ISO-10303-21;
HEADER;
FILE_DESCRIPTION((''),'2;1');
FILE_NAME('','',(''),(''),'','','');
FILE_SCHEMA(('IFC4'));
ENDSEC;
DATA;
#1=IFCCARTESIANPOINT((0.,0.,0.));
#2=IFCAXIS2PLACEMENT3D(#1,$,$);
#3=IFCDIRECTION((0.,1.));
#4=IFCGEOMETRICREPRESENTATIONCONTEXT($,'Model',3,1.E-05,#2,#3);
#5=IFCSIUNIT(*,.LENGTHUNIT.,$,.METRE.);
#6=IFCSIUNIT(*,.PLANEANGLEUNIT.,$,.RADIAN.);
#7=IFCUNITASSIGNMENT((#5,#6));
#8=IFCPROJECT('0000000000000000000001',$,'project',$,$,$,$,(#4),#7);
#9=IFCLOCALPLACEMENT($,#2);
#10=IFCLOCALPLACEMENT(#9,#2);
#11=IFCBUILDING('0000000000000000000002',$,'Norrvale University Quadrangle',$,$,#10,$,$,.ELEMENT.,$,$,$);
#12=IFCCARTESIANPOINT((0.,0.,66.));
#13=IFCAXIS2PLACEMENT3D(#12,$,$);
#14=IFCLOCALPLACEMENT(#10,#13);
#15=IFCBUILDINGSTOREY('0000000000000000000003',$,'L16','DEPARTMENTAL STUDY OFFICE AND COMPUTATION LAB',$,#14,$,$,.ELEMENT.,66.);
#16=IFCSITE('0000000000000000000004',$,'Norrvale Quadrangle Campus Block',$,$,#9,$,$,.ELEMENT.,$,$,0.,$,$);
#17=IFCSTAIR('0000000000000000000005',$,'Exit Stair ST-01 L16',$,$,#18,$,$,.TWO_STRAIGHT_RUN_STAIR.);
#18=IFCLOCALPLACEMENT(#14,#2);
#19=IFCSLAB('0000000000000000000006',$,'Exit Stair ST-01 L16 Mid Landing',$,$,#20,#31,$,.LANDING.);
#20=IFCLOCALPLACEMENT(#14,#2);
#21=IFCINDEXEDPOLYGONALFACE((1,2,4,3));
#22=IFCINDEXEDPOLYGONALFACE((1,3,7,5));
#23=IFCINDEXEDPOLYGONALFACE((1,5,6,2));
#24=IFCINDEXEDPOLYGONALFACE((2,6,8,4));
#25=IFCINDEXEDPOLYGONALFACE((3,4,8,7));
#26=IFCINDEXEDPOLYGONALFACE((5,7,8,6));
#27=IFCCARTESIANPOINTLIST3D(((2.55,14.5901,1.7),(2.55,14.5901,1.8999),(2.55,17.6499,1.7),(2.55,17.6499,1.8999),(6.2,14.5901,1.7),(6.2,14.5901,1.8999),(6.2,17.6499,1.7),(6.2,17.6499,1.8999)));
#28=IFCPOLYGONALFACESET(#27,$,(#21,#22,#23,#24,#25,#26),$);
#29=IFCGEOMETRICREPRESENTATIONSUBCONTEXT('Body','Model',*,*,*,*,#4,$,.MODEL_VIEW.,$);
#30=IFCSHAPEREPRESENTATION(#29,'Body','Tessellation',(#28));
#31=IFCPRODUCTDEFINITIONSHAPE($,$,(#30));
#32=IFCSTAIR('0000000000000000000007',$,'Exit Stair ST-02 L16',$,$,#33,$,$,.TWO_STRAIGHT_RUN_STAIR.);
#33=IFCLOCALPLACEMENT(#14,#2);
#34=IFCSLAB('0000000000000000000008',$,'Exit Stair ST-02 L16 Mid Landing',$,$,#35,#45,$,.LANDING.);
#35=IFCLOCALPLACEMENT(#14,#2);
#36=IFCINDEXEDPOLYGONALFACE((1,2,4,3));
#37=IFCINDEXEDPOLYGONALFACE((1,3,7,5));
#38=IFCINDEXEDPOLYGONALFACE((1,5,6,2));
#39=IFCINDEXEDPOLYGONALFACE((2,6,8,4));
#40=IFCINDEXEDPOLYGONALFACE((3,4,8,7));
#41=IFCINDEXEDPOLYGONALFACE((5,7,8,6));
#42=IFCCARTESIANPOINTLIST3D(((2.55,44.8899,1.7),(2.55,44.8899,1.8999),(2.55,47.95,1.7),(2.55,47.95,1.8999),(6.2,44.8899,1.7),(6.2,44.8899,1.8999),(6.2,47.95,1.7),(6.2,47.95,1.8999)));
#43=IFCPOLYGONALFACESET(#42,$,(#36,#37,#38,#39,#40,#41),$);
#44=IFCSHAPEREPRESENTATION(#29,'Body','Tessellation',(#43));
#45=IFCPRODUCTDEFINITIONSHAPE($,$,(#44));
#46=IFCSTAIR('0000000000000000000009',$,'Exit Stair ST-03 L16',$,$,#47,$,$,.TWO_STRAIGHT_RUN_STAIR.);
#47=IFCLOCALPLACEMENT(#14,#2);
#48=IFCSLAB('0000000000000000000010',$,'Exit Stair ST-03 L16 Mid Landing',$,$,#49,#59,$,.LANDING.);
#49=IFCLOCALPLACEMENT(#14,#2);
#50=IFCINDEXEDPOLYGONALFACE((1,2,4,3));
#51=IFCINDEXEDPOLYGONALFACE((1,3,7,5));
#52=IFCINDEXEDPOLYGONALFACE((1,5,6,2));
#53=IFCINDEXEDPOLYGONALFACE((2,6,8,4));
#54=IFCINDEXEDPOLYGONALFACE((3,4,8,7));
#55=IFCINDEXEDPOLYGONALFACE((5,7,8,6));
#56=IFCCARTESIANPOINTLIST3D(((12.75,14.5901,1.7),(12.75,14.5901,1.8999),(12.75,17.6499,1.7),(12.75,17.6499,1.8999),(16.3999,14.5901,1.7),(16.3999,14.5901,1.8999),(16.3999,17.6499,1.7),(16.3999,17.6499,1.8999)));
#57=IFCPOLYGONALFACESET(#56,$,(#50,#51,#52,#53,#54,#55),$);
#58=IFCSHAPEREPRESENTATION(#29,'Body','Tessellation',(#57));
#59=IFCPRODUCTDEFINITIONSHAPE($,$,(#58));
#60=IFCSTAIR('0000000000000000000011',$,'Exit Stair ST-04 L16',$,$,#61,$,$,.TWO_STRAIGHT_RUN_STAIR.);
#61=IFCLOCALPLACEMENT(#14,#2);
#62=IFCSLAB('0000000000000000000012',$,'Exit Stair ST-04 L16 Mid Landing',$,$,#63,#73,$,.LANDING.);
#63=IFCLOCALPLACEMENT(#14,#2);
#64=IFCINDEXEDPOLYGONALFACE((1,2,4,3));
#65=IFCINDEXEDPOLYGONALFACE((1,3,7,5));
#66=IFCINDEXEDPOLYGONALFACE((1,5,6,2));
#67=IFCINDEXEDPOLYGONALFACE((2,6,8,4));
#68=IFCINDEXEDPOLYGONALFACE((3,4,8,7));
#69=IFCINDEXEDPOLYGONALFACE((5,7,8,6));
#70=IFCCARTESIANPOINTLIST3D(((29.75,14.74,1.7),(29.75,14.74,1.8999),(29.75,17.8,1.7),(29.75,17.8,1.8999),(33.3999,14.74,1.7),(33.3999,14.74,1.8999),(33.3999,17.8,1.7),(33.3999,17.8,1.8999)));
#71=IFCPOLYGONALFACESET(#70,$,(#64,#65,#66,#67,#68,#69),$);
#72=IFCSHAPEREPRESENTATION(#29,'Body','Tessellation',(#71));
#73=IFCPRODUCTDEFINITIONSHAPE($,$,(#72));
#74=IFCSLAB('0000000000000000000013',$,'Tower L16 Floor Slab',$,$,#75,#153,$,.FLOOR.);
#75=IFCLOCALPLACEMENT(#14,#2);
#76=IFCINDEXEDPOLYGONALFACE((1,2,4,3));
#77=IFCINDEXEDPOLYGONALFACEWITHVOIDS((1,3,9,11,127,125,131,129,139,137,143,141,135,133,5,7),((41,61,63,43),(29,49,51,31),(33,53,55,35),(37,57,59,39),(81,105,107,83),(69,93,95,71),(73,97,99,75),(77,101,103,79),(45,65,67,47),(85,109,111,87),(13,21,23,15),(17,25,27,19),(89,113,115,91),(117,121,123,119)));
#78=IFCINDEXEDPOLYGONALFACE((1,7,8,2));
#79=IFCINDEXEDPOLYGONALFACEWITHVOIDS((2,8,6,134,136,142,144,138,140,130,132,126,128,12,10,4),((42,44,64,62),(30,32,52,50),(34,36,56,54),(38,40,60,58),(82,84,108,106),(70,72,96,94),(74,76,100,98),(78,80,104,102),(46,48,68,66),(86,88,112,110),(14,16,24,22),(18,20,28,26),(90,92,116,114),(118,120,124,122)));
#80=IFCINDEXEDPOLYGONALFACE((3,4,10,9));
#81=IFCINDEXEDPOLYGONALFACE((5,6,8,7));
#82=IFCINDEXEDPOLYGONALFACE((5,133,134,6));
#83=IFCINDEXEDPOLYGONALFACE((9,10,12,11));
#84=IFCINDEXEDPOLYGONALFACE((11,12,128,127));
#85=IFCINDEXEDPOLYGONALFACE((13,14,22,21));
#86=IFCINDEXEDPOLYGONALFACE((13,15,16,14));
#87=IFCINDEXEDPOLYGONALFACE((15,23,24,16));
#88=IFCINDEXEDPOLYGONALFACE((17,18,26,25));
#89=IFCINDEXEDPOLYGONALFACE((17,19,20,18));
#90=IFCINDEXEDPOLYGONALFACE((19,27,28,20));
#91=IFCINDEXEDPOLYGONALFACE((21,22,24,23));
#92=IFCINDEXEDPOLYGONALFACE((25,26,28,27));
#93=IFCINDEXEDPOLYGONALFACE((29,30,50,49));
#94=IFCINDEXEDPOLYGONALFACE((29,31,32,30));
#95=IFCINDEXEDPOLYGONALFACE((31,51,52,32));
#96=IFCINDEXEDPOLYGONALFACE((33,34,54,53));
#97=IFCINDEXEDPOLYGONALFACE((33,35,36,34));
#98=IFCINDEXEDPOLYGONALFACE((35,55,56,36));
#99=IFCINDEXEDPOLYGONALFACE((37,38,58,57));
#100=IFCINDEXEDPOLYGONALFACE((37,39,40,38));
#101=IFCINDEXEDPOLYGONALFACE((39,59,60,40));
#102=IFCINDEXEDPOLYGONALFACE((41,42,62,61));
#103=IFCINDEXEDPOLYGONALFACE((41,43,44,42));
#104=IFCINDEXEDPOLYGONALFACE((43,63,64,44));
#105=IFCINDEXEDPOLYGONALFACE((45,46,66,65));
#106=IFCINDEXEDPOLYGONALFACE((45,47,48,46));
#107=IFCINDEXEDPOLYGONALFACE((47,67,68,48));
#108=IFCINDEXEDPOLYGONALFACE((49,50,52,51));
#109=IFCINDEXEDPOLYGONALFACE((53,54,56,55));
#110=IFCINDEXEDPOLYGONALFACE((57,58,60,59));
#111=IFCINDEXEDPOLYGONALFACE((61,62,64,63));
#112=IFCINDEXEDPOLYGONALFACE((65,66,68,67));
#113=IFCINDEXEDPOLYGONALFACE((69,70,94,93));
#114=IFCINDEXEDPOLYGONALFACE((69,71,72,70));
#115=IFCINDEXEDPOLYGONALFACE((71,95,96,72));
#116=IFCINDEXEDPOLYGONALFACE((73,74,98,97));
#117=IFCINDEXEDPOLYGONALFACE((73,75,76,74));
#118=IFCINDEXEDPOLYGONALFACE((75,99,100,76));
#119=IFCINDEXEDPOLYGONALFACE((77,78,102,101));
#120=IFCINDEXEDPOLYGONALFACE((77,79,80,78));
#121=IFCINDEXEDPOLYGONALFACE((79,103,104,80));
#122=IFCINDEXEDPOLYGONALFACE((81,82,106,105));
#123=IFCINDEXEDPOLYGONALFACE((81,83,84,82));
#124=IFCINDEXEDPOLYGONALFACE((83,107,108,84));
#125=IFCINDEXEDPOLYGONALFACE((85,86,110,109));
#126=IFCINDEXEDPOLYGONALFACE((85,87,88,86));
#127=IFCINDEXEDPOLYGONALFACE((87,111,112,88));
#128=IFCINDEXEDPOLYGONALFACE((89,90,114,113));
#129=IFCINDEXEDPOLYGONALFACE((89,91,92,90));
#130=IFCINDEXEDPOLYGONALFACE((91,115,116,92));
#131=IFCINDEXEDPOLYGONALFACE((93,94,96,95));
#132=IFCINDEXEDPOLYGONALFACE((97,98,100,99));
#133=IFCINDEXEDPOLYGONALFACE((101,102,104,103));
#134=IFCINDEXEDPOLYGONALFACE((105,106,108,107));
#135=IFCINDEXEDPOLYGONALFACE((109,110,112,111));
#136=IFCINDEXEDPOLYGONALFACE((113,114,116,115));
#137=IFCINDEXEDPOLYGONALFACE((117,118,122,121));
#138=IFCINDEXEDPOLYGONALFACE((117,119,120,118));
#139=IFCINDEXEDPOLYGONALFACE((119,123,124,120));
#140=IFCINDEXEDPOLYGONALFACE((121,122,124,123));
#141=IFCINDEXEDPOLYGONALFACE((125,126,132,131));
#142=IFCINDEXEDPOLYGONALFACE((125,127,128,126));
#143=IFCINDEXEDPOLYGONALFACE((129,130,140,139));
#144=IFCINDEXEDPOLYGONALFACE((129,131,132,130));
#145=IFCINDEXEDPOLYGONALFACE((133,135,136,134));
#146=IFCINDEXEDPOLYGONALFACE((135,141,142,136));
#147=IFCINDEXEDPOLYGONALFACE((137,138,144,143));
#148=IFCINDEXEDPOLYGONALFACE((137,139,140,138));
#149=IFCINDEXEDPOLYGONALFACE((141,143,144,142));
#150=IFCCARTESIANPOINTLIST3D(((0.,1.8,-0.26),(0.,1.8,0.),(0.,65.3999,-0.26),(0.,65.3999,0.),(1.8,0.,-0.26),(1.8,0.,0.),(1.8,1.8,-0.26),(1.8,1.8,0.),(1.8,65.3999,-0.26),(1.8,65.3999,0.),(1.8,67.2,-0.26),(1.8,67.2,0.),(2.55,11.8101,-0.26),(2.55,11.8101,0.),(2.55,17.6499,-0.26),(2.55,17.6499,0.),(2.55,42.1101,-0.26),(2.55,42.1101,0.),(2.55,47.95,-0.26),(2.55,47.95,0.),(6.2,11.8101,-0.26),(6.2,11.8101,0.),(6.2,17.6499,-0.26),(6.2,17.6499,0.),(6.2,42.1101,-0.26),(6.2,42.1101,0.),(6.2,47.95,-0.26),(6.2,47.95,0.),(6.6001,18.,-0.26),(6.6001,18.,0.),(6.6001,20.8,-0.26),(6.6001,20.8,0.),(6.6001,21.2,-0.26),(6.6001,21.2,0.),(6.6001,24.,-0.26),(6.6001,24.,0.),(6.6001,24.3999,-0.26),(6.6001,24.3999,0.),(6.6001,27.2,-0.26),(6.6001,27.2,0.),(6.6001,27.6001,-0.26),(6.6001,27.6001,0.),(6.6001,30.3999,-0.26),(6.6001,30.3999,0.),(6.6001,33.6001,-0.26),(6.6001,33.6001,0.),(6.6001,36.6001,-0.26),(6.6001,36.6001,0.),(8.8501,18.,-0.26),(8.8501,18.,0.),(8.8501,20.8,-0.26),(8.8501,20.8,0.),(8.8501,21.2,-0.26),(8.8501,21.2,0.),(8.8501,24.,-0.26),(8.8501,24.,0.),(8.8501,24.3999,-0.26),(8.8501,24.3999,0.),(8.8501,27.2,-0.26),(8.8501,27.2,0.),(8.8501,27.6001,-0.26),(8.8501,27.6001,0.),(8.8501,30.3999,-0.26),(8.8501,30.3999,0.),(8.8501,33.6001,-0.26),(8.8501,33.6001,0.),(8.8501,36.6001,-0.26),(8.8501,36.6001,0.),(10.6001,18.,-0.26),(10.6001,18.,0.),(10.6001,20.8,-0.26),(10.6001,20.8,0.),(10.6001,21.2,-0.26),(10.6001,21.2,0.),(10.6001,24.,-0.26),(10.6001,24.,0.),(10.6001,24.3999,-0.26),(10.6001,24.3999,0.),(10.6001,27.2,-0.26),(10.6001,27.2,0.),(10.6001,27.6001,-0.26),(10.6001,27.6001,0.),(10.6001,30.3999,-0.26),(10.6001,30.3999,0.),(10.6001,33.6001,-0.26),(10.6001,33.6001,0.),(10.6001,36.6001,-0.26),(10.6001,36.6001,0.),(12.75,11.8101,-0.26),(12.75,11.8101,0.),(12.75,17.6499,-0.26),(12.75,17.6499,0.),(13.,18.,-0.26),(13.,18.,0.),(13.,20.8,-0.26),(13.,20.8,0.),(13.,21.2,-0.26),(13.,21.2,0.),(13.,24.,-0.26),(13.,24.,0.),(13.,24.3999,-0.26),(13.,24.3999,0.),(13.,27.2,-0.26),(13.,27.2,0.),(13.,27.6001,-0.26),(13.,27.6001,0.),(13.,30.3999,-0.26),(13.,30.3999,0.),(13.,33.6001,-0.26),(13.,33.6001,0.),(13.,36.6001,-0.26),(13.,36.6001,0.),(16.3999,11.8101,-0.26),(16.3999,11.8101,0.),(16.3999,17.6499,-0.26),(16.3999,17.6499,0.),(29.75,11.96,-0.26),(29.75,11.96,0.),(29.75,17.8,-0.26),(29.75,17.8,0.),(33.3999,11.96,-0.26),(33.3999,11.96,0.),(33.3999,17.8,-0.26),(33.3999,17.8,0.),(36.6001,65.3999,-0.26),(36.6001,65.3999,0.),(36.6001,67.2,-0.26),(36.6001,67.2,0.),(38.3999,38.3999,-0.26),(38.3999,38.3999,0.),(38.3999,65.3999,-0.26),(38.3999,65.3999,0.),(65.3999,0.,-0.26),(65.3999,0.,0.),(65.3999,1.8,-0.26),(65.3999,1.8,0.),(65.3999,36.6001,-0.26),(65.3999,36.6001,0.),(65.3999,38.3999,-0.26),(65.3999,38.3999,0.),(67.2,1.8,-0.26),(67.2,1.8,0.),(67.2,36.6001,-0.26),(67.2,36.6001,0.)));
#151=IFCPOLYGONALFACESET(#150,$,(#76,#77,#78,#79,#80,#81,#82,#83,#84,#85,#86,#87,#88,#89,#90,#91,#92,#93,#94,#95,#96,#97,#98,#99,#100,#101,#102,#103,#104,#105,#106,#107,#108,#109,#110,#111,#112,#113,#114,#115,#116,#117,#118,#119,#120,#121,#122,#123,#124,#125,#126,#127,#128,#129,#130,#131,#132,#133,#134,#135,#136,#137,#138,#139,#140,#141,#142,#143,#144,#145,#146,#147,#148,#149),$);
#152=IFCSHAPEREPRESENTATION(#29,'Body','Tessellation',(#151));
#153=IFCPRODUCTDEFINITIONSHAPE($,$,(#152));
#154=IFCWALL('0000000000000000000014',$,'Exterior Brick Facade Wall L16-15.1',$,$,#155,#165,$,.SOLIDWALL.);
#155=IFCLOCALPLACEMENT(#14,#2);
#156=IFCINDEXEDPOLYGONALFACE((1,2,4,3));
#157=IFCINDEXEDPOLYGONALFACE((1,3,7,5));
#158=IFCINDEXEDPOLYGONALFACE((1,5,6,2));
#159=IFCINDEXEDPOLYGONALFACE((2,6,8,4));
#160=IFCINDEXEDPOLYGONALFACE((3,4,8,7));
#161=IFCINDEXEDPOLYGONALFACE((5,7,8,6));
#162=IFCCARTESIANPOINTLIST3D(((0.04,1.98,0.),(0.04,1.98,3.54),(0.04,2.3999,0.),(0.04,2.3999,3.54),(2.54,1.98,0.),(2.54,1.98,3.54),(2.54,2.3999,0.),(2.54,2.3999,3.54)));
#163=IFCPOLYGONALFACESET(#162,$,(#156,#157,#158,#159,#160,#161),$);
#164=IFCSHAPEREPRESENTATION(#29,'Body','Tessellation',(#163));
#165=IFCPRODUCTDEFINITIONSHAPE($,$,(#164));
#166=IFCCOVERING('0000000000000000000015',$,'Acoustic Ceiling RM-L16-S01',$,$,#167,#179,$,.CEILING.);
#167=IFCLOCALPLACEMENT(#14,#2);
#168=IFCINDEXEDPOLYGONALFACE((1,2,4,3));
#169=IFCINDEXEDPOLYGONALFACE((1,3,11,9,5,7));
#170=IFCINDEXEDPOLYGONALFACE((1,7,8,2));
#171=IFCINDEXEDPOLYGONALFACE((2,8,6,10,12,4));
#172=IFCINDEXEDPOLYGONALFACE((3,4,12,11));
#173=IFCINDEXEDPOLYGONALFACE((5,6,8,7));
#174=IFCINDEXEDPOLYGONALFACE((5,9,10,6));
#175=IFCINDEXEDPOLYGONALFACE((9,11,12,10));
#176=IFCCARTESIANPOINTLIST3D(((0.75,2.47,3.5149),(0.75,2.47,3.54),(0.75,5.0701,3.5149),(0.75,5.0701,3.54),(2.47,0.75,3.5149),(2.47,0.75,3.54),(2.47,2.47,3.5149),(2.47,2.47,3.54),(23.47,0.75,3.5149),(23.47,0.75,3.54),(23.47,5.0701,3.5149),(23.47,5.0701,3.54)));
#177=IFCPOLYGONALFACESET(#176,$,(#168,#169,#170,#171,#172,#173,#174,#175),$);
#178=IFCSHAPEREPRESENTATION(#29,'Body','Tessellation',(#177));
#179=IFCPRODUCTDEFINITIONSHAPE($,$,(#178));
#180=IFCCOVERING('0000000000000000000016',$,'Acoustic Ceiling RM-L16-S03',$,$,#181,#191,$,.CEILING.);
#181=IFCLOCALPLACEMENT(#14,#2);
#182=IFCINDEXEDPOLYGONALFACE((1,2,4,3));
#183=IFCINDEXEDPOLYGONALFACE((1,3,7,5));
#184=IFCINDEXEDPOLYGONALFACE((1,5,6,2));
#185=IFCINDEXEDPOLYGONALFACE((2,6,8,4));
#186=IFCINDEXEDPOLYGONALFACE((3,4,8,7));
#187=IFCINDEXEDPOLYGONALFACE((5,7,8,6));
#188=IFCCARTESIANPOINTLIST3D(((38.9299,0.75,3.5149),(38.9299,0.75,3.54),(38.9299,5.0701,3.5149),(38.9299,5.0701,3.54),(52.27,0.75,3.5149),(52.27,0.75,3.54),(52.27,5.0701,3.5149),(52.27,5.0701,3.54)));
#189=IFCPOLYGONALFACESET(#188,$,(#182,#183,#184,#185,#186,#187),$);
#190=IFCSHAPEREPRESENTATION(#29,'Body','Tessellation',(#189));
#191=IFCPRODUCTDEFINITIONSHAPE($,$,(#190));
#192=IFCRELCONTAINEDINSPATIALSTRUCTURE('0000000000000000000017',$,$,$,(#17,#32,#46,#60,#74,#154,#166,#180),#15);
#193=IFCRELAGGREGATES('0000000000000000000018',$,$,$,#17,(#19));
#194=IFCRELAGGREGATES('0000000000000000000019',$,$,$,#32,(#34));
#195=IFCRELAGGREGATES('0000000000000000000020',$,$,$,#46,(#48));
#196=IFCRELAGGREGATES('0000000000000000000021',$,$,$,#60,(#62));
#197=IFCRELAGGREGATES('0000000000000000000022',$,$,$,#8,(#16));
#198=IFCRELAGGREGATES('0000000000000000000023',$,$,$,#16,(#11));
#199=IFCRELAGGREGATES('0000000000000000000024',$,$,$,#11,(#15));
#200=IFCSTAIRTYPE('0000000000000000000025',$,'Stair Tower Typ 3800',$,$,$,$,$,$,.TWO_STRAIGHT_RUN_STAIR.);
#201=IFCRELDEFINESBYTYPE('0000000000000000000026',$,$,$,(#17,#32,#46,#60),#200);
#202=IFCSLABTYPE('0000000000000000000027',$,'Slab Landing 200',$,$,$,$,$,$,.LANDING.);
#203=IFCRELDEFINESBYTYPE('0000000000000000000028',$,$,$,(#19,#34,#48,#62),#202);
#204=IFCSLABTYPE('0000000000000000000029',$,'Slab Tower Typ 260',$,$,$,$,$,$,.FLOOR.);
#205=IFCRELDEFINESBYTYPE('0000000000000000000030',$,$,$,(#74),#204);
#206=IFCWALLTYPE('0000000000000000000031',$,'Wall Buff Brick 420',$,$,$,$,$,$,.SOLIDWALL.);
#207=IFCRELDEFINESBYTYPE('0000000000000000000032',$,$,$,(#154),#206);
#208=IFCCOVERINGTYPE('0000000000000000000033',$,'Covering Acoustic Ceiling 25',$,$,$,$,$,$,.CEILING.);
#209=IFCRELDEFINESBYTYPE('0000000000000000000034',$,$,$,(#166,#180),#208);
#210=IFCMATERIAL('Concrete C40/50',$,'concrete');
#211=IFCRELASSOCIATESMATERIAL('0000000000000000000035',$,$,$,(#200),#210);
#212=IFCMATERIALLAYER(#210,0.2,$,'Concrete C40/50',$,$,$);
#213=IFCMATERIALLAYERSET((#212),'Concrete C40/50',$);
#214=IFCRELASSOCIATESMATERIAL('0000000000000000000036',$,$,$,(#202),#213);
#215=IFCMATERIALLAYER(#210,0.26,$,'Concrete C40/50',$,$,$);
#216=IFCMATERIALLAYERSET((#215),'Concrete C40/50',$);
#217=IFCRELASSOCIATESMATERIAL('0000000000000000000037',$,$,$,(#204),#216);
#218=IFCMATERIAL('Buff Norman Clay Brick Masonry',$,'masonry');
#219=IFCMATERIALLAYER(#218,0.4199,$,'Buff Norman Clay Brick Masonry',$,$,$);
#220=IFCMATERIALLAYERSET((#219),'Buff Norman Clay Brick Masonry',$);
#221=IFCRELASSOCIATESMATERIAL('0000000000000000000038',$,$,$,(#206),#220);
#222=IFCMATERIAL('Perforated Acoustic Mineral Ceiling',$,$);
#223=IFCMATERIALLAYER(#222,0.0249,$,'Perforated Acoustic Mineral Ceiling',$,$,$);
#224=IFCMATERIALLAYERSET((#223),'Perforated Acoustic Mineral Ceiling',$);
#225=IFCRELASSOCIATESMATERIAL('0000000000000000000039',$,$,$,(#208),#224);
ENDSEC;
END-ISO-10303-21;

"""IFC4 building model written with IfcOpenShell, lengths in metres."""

from ifc_helpers import new_model, si_unit, direction, frame, frame_2d, origin, place, context, subcontext, project, spatial, polyline, rectangle, outline, extrude, material, layer, layer_set, type_object, element, aggregate, save


model = new_model("IFC4")

# Units and contexts
model_context = context("Model", 3, precision=1e-05, world=origin(), true_north=direction((0.0, 1.0)))
body_context = subcontext(model_context, "Body", "Model", "MODEL_VIEW")
ifc_project = project(units=[si_unit("LENGTHUNIT", "METRE"), si_unit("PLANEANGLEUNIT", "RADIAN")], contexts=[model_context])

# Site, building, storey
site_placement = place(None, origin())
site = spatial("IfcSite", under=ifc_project, at=site_placement, Name="Norrvale Quadrangle Campus Block", CompositionType="ELEMENT", RefElevation=0.0)
building_placement = place(site_placement, origin())
building = spatial("IfcBuilding", under=site, at=building_placement, Name="Norrvale University Quadrangle", CompositionType="ELEMENT")
storey_placement = place(building_placement, frame((0.0, 0.0, 66.0)))
storey = spatial("IfcBuildingStorey", under=building, at=storey_placement, Name="L16", Description="DEPARTMENTAL STUDY OFFICE AND COMPUTATION LAB", CompositionType="ELEMENT", Elevation=66.0)

# Stairs, slabs
ifc_material_1 = material(Name="Concrete C40/50", Category="concrete")
stair_type = type_object("IfcStairType", Name="Stair Tower Typ 3800", PredefinedType="TWO_STRAIGHT_RUN_STAIR", material=ifc_material_1)
stair_1_placement = place(storey_placement, origin())
stair_1 = element("IfcStair", 1, at=stair_1_placement, inside=storey, type_object=stair_type, Name="Exit Stair ST-01 L16", PredefinedType="TWO_STRAIGHT_RUN_STAIR")
ifc_layer_1 = layer(ifc_material_1, 0.2, Name="Concrete C40/50")
ifc_layer_set_1 = layer_set([ifc_layer_1], Name="Concrete C40/50")
slab_type_1 = type_object("IfcSlabType", Name="Slab Landing 200", PredefinedType="LANDING", material=ifc_layer_set_1)
slab_1_placement = place(storey_placement, frame((0.0, 0.0, 1.7)))
slab_1 = element("IfcSlab", 2, at=slab_1_placement, type_object=slab_type_1, Name="Exit Stair ST-01 L16 Mid Landing", PredefinedType="LANDING", context=body_context, shape_type="SweptSolid", body=[
    extrude(outline(polyline([(2.55, 14.5901), (6.2, 14.5901), (6.2, 17.6499), (2.55, 17.6499), (2.55, 14.5901)])), origin(), (0.0, 0.0, 1.0), 0.2),
])
aggregate(stair_1, [slab_1])
stair_2_placement = place(storey_placement, origin())
stair_2 = element("IfcStair", 3, at=stair_2_placement, inside=storey, type_object=stair_type, Name="Exit Stair ST-02 L16", PredefinedType="TWO_STRAIGHT_RUN_STAIR")
slab_2_placement = place(storey_placement, frame((0.0, 0.0, 1.7)))
slab_2 = element("IfcSlab", 4, at=slab_2_placement, type_object=slab_type_1, Name="Exit Stair ST-02 L16 Mid Landing", PredefinedType="LANDING", context=body_context, shape_type="SweptSolid", body=[
    extrude(outline(polyline([(2.55, 44.8899), (6.2, 44.8899), (6.2, 47.95), (2.55, 47.95), (2.55, 44.8899)])), origin(), (0.0, 0.0, 1.0), 0.2),
])
aggregate(stair_2, [slab_2])
stair_3_placement = place(storey_placement, origin())
stair_3 = element("IfcStair", 5, at=stair_3_placement, inside=storey, type_object=stair_type, Name="Exit Stair ST-03 L16", PredefinedType="TWO_STRAIGHT_RUN_STAIR")
slab_3_placement = place(storey_placement, frame((0.0, 0.0, 1.7)))
slab_3 = element("IfcSlab", 6, at=slab_3_placement, type_object=slab_type_1, Name="Exit Stair ST-03 L16 Mid Landing", PredefinedType="LANDING", context=body_context, shape_type="SweptSolid", body=[
    extrude(outline(polyline([(12.75, 14.5901), (16.3999, 14.5901), (16.3999, 17.6499), (12.75, 17.6499), (12.75, 14.5901)])), origin(), (0.0, 0.0, 1.0), 0.2),
])
aggregate(stair_3, [slab_3])
stair_4_placement = place(storey_placement, origin())
stair_4 = element("IfcStair", 7, at=stair_4_placement, inside=storey, type_object=stair_type, Name="Exit Stair ST-04 L16", PredefinedType="TWO_STRAIGHT_RUN_STAIR")
slab_4_placement = place(storey_placement, frame((0.0, 0.0, 1.7)))
slab_4 = element("IfcSlab", 8, at=slab_4_placement, type_object=slab_type_1, Name="Exit Stair ST-04 L16 Mid Landing", PredefinedType="LANDING", context=body_context, shape_type="SweptSolid", body=[
    extrude(outline(polyline([(29.75, 14.74), (33.3999, 14.74), (33.3999, 17.8), (29.75, 17.8), (29.75, 14.74)])), origin(), (0.0, 0.0, 1.0), 0.2),
])
aggregate(stair_4, [slab_4])

# Slab
ifc_layer_2 = layer(ifc_material_1, 0.26, Name="Concrete C40/50")
ifc_layer_set_2 = layer_set([ifc_layer_2], Name="Concrete C40/50")
slab_type_2 = type_object("IfcSlabType", Name="Slab Tower Typ 260", PredefinedType="FLOOR", material=ifc_layer_set_2)
slab_5_placement = place(storey_placement, frame((0.0, 0.0, -0.26)))
element("IfcSlab", 9, at=slab_5_placement, inside=storey, type_object=slab_type_2, Name="Tower L16 Floor Slab", PredefinedType="FLOOR", context=body_context, shape_type="SweptSolid", body=[
    extrude(outline(polyline([(1.8, 0.0), (65.3999, 0.0), (65.3999, 1.8), (67.2, 1.8), (67.2, 36.6001), (65.3999, 36.6001), (65.3999, 38.3999), (38.3999, 38.3999), (38.3999, 65.3999), (36.6001, 65.3999), (36.6001, 67.2), (1.8, 67.2), (1.8, 65.3999), (0.0, 65.3999), (0.0, 1.8), (1.8, 1.8), (1.8, 0.0)]), holes=[polyline([(2.55, 11.8101), (6.2, 11.8101), (6.2, 17.6499), (2.55, 17.6499), (2.55, 11.8101)]), polyline([(2.55, 42.1101), (6.2, 42.1101), (6.2, 47.95), (2.55, 47.95), (2.55, 42.1101)]), polyline([(12.75, 11.8101), (16.3999, 11.8101), (16.3999, 17.6499), (12.75, 17.6499), (12.75, 11.8101)]), polyline([(29.75, 11.96), (33.3999, 11.96), (33.3999, 17.8), (29.75, 17.8), (29.75, 11.96)]), polyline([(6.6001, 18.0), (8.8501, 18.0), (8.8501, 20.8), (6.6001, 20.8), (6.6001, 18.0)]), polyline([(6.6001, 21.2), (8.8501, 21.2), (8.8501, 24.0), (6.6001, 24.0), (6.6001, 21.2)]), polyline([(6.6001, 24.3999), (8.8501, 24.3999), (8.8501, 27.2), (6.6001, 27.2), (6.6001, 24.3999)]), polyline([(6.6001, 27.6001), (8.8501, 27.6001), (8.8501, 30.3999), (6.6001, 30.3999), (6.6001, 27.6001)]), polyline([(10.6001, 18.0), (13.0, 18.0), (13.0, 20.8), (10.6001, 20.8), (10.6001, 18.0)]), polyline([(10.6001, 21.2), (13.0, 21.2), (13.0, 24.0), (10.6001, 24.0), (10.6001, 21.2)]), polyline([(10.6001, 24.3999), (13.0, 24.3999), (13.0, 27.2), (10.6001, 27.2), (10.6001, 24.3999)]), polyline([(10.6001, 27.6001), (13.0, 27.6001), (13.0, 30.3999), (10.6001, 30.3999), (10.6001, 27.6001)]), polyline([(6.6001, 33.6001), (8.8501, 33.6001), (8.8501, 36.6001), (6.6001, 36.6001), (6.6001, 33.6001)]), polyline([(10.6001, 33.6001), (13.0, 33.6001), (13.0, 36.6001), (10.6001, 36.6001), (10.6001, 33.6001)])]), origin(), (0.0, 0.0, 1.0), 0.26),
])

# Wall
ifc_material_2 = material(Name="Buff Norman Clay Brick Masonry", Category="masonry")
ifc_layer_3 = layer(ifc_material_2, 0.4199, Name="Buff Norman Clay Brick Masonry")
ifc_layer_set_3 = layer_set([ifc_layer_3], Name="Buff Norman Clay Brick Masonry")
wall_type = type_object("IfcWallType", Name="Wall Buff Brick 420", PredefinedType="SOLIDWALL", material=ifc_layer_set_3)
wall_placement = place(storey_placement, frame((0.04, 2.1899, 0.0), z_axis=(0.0, 0.0, 1.0), x_axis=(1.0, 0.0, 0.0)))
element("IfcWall", 10, at=wall_placement, inside=storey, type_object=wall_type, Name="Exterior Brick Facade Wall L16-15.1", PredefinedType="SOLIDWALL", context=body_context, shape_type="SweptSolid", body=[
    extrude(rectangle(XDim=2.5, YDim=0.4199, at=frame_2d((1.25, 0.0))), origin(), (0.0, 0.0, 1.0), 3.54),
])

# Coverings
ifc_material_3 = material(Name="Perforated Acoustic Mineral Ceiling")
ifc_layer_4 = layer(ifc_material_3, 0.0249, Name="Perforated Acoustic Mineral Ceiling")
ifc_layer_set_4 = layer_set([ifc_layer_4], Name="Perforated Acoustic Mineral Ceiling")
covering_type_1 = type_object("IfcCoveringType", Name="Covering Acoustic Ceiling 25", PredefinedType="CEILING", material=ifc_layer_set_4)
covering_1_placement = place(storey_placement, frame((0.0, 0.0, 3.5149)))
element("IfcCovering", 11, at=covering_1_placement, inside=storey, type_object=covering_type_1, Name="Acoustic Ceiling RM-L16-S01", PredefinedType="CEILING", context=body_context, shape_type="SweptSolid", body=[
    extrude(outline(polyline([(0.75, 5.0701), (23.47, 5.0701), (23.47, 0.75), (2.47, 0.75), (2.47, 2.47), (0.75, 2.47), (0.75, 5.0701)])), origin(), (0.0, 0.0, 1.0), 0.0251),
])
covering_2_placement = place(storey_placement, frame((0.0, 0.0, 3.5149)))
element("IfcCovering", 12, at=covering_2_placement, inside=storey, type_object=covering_type_1, Name="Acoustic Ceiling RM-L16-S03", PredefinedType="CEILING", context=body_context, shape_type="SweptSolid", body=[
    extrude(outline(polyline([(38.9299, 5.0701), (52.27, 5.0701), (52.27, 0.75), (38.9299, 0.75), (38.9299, 5.0701)])), origin(), (0.0, 0.0, 1.0), 0.0251),
])

save(model, "model.ifc")
